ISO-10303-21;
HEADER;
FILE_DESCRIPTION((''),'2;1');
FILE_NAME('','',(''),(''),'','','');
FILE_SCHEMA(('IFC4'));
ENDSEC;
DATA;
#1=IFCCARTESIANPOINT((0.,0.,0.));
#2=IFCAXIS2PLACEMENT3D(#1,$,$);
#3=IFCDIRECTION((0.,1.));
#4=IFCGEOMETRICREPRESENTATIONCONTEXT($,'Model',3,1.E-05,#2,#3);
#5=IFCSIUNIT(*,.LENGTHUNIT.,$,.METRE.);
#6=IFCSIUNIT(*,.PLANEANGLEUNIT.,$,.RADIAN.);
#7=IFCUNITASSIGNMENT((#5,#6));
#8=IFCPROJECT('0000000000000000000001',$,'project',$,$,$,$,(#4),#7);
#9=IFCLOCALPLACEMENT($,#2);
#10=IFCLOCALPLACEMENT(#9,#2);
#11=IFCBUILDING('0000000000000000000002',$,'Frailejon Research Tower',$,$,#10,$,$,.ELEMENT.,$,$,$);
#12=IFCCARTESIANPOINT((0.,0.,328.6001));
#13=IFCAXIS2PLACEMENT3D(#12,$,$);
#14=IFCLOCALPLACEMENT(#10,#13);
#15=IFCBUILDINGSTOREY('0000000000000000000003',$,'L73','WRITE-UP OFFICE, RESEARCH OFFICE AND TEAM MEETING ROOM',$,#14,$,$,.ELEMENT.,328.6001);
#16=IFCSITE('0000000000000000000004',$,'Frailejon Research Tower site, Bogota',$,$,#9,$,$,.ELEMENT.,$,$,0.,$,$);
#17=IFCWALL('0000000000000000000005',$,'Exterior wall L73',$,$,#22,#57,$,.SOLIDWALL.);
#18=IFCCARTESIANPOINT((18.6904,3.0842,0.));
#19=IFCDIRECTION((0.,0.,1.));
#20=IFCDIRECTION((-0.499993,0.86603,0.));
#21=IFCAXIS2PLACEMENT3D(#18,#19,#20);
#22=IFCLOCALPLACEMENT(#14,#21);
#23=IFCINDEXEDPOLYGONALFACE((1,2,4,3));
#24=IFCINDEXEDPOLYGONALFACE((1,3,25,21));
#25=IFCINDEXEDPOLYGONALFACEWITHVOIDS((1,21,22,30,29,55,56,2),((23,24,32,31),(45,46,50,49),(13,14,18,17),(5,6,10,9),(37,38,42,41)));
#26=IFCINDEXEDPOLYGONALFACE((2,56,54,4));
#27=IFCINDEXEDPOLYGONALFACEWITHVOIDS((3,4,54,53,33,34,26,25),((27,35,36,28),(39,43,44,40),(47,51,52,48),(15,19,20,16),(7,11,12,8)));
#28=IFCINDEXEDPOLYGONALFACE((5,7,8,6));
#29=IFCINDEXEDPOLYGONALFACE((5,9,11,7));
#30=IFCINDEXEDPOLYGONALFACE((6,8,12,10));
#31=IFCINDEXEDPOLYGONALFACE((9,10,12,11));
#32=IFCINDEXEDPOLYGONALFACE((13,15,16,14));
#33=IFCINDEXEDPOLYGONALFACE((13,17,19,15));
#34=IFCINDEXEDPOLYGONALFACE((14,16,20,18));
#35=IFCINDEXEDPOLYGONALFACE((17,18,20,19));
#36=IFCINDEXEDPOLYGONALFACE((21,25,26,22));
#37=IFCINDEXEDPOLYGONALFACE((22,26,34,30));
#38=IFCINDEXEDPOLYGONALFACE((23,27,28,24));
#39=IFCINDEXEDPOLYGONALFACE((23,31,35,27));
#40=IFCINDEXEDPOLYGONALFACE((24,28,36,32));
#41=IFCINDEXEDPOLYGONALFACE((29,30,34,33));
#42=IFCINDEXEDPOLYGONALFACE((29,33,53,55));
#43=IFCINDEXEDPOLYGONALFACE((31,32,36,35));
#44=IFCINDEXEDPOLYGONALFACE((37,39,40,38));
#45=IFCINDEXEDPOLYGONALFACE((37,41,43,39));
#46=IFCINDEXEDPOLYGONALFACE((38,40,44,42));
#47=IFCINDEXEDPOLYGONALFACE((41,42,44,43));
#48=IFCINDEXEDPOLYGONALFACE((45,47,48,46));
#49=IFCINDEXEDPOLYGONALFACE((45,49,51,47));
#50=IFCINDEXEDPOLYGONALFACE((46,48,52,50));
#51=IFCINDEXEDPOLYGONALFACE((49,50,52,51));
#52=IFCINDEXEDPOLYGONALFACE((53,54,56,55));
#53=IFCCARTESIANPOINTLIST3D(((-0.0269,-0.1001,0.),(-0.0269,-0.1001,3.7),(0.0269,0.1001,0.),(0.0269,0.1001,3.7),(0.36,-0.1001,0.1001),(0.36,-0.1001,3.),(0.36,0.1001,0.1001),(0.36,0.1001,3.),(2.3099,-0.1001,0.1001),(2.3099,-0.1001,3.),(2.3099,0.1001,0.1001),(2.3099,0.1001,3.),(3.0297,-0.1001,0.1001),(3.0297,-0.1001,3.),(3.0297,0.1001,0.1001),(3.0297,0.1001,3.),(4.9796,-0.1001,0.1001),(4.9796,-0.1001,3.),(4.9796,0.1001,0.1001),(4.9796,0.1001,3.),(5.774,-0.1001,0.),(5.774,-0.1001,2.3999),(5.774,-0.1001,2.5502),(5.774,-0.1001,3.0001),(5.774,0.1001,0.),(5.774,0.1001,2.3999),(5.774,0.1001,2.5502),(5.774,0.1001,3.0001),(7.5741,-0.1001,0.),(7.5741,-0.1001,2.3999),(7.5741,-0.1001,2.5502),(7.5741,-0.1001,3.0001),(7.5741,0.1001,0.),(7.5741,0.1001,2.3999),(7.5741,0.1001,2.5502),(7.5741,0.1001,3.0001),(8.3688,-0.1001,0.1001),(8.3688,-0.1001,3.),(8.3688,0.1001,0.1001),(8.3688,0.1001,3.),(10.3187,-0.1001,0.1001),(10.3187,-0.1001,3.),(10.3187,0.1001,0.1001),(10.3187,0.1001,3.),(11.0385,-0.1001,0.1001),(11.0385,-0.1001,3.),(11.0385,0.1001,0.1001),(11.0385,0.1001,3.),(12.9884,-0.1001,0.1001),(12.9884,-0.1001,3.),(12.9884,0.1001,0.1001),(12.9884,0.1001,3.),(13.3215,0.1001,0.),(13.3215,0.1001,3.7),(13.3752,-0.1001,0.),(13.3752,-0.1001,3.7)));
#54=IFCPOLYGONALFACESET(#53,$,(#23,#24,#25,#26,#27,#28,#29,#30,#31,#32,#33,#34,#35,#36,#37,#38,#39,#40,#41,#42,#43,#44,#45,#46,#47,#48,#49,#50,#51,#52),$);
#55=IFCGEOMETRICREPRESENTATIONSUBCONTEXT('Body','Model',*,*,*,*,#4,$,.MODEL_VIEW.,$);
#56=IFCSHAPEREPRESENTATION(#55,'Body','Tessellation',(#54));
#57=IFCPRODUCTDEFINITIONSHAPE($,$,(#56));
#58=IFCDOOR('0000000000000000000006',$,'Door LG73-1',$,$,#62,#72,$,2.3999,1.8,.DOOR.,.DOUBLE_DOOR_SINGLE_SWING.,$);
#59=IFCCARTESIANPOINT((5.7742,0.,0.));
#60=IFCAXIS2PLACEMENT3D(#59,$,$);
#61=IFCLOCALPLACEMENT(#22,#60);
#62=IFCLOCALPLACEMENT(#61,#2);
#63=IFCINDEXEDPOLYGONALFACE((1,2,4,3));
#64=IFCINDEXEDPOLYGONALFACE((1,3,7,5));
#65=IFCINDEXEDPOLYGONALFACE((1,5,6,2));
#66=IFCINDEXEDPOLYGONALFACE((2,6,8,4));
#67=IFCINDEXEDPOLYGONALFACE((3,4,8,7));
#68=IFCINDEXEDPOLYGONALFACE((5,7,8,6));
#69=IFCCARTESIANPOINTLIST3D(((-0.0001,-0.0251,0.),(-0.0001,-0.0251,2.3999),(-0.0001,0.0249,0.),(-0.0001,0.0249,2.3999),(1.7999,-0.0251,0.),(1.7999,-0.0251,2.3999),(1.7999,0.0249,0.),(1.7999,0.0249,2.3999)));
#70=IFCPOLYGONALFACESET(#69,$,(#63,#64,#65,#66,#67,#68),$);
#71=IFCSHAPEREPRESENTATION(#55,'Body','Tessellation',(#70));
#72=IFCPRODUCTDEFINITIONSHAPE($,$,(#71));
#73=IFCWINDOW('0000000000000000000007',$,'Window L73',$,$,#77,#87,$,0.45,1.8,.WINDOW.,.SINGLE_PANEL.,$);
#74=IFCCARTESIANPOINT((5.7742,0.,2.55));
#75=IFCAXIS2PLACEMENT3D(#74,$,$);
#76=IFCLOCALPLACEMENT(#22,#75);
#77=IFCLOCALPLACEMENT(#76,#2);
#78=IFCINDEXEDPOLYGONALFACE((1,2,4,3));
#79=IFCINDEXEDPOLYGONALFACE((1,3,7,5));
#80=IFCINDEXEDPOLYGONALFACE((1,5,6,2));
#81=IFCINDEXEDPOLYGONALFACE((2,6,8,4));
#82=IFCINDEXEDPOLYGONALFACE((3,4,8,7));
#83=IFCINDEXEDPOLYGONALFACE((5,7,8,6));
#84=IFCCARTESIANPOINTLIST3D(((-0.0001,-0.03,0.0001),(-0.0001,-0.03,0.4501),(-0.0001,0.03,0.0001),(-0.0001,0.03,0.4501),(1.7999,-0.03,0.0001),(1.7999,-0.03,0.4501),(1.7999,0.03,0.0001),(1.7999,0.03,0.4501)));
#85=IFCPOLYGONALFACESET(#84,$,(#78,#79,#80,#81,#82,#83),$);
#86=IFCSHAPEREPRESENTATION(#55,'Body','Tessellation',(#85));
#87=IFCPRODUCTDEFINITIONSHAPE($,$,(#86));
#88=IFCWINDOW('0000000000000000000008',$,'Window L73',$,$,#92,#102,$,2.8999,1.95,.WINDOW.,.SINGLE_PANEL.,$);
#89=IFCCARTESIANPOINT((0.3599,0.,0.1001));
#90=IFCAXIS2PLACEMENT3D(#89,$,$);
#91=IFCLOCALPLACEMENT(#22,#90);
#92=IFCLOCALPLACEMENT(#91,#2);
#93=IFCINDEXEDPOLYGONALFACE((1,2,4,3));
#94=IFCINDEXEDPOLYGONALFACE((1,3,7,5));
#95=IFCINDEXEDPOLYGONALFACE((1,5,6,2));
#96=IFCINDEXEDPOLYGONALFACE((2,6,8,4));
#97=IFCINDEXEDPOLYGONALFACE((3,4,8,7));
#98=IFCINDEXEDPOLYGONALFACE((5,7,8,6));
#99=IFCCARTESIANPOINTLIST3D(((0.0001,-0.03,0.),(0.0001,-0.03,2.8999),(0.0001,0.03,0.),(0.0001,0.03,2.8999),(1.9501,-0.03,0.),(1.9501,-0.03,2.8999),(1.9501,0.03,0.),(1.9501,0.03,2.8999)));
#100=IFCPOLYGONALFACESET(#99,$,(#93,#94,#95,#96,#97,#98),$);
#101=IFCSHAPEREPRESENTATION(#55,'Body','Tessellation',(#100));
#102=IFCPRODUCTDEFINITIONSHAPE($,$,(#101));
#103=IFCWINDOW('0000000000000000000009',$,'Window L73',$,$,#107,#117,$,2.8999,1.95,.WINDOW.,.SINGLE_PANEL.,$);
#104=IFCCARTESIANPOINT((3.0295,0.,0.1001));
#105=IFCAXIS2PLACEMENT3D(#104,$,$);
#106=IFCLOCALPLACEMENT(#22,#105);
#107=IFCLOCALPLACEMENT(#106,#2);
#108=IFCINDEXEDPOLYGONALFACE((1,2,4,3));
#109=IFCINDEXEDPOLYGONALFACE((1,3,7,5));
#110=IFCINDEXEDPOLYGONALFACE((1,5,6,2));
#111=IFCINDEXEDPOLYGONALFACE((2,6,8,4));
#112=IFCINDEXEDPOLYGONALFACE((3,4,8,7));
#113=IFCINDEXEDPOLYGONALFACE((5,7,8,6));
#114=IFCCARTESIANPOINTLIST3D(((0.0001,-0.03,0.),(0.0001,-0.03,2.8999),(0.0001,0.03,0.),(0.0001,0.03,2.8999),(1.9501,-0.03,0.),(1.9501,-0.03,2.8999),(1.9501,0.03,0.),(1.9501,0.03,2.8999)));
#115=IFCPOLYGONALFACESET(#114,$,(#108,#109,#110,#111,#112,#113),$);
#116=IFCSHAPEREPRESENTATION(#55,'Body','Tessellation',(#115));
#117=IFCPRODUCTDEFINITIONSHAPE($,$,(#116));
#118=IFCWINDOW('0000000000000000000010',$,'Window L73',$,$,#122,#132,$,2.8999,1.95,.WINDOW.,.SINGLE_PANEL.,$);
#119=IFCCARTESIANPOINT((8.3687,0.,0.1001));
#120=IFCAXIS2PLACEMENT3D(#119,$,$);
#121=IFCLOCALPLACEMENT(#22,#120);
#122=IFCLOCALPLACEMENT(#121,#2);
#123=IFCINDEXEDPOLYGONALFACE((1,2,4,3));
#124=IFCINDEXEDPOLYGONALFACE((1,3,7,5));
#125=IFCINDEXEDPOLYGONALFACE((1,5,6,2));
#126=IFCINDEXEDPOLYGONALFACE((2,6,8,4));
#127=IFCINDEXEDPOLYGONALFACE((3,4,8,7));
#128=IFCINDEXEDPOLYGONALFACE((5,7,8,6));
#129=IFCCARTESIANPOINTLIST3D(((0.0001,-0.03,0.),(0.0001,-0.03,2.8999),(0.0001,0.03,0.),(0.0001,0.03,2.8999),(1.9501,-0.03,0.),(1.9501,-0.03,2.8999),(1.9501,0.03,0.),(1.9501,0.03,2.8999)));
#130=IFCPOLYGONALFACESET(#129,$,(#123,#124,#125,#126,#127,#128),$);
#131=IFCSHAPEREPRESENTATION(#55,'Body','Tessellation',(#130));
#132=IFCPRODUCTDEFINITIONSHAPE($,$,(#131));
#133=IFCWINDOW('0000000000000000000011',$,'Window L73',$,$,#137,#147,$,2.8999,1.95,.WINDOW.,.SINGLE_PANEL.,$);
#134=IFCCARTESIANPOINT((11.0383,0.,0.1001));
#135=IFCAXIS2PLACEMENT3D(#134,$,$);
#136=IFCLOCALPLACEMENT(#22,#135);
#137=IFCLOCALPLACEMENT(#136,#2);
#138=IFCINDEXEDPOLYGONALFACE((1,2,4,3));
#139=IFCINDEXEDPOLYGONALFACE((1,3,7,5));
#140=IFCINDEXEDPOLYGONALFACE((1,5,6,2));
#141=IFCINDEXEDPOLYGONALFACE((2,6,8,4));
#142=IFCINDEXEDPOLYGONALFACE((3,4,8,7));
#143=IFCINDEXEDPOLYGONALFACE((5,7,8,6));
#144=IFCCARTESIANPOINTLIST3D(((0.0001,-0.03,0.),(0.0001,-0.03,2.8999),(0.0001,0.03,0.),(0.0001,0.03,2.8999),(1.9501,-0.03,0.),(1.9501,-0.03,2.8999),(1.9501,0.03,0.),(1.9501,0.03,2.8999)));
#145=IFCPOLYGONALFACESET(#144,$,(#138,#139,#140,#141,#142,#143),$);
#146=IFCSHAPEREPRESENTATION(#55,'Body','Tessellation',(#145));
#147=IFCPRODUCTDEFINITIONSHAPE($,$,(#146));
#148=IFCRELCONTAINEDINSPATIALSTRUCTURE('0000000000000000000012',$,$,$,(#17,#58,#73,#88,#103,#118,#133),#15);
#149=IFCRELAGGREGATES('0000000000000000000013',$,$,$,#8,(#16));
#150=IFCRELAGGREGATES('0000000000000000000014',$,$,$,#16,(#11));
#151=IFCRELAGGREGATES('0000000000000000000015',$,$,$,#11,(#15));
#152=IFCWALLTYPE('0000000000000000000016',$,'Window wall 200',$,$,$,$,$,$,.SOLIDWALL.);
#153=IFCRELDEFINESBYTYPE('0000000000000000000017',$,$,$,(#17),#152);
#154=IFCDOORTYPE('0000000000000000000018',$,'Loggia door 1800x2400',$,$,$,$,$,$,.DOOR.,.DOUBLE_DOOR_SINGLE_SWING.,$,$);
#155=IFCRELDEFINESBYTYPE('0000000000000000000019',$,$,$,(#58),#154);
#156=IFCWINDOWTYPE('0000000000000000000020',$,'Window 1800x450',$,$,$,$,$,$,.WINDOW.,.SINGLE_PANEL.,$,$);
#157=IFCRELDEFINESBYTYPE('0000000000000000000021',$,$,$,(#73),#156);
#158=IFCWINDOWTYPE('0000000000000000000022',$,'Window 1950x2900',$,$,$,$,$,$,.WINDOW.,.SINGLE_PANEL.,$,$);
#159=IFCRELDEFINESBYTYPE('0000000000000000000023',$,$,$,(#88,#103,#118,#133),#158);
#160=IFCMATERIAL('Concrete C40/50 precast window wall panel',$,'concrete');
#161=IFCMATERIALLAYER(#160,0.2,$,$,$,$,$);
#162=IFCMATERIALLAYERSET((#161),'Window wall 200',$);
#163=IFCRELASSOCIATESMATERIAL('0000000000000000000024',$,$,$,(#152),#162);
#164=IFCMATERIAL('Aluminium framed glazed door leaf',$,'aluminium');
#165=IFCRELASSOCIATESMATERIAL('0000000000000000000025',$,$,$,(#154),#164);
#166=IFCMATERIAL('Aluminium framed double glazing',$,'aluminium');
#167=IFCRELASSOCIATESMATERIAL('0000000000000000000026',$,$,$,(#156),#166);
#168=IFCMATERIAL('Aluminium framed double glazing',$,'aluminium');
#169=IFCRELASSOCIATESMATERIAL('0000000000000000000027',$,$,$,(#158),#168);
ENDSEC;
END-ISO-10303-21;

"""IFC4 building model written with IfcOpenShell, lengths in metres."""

from ifc_helpers import new_model, si_unit, direction, frame, frame_2d, origin, place, context, subcontext, project, spatial, polyline, rectangle, outline, extrude, material, layer, layer_set, type_object, element, fill, save


model = new_model("IFC4")

# Units and contexts
model_context = context("Model", 3, precision=1e-05, world=origin(), true_north=direction((0.0, 1.0)))
body_context = subcontext(model_context, "Body", "Model", "MODEL_VIEW")
ifc_project = project(units=[si_unit("LENGTHUNIT", "METRE"), si_unit("PLANEANGLEUNIT", "RADIAN")], contexts=[model_context])

# Site, building, storey
site_placement = place(None, origin())
site = spatial("IfcSite", under=ifc_project, at=site_placement, Name="Frailejon Research Tower site, Bogota", CompositionType="ELEMENT", RefElevation=0.0)
building_placement = place(site_placement, origin())
building = spatial("IfcBuilding", under=site, at=building_placement, Name="Frailejon Research Tower", CompositionType="ELEMENT")
storey_placement = place(building_placement, frame((0.0, 0.0, 328.6001)))
storey = spatial("IfcBuildingStorey", under=building, at=storey_placement, Name="L73", Description="WRITE-UP OFFICE, RESEARCH OFFICE AND TEAM MEETING ROOM", CompositionType="ELEMENT", Elevation=328.6001)

# Wall, openings, door, windows
ifc_material_1 = material(Name="Concrete C40/50 precast window wall panel", Category="concrete")
ifc_layer_1 = layer(ifc_material_1, 0.2)
ifc_layer_set_1 = layer_set([ifc_layer_1], Name="Window wall 200")
wall_type = type_object("IfcWallType", Name="Window wall 200", PredefinedType="SOLIDWALL", material=ifc_layer_set_1)
wall_placement = place(storey_placement, frame((18.6904, 3.0842, 0.0), z_axis=(0.0, 0.0, 1.0), x_axis=(-0.499993, 0.86603, 0.0)))
wall = element("IfcWall", 1, at=wall_placement, inside=storey, type_object=wall_type, Name="Exterior wall L73", PredefinedType="SOLIDWALL", context=body_context, shape_type="SweptSolid", body=[
    extrude(outline(polyline([(-0.0269, -0.1001), (1.0042, -0.1001), (2.0349, -0.1001), (3.0659, -0.1001), (4.0969, -0.1001), (5.1277, -0.1001), (6.1587, -0.1001), (7.1897, -0.1001), (8.2207, -0.1001), (9.2515, -0.1001), (10.2825, -0.1001), (11.3135, -0.1001), (12.3442, -0.1001), (13.3752, -0.1001), (13.3215, 0.1001), (12.2988, 0.1001), (11.2761, 0.1001), (10.2534, 0.1001), (9.231, 0.1001), (8.2083, 0.1001), (7.1855, 0.1001), (6.1628, 0.1001), (5.1401, 0.1001), (4.1174, 0.1001), (3.095, 0.1001), (2.0723, 0.1001), (1.0496, 0.1001), (0.0269, 0.1001), (-0.0269, -0.1001)])), origin(), (0.0, 0.0, 1.0), 3.7),
])
opening_1_placement = place(wall_placement, frame((0.3599, 0.0, 0.1001)))
opening_1 = element("IfcOpeningElement", 2, at=opening_1_placement, cuts=wall, PredefinedType="OPENING", context=body_context, shape_type="SweptSolid", body=[
    extrude(rectangle(XDim=1.95, YDim=2.8999, at=frame_2d((0.9751, 1.45))), frame((0.0, 0.1099, 0.0), z_axis=(0.0, -1.0, 0.0), x_axis=(1.0, 0.0, 0.0)), (0.0, 0.0, 1.0), 0.22),
])
opening_2_placement = place(wall_placement, frame((3.0295, 0.0, 0.1001)))
opening_2 = element("IfcOpeningElement", 3, at=opening_2_placement, cuts=wall, PredefinedType="OPENING", context=body_context, shape_type="SweptSolid", body=[
    extrude(rectangle(XDim=1.95, YDim=2.8999, at=frame_2d((0.9751, 1.45))), frame((0.0, 0.1099, 0.0), z_axis=(0.0, -1.0, 0.0), x_axis=(1.0, 0.0, 0.0)), (0.0, 0.0, 1.0), 0.22),
])
opening_3_placement = place(wall_placement, frame((5.7742, 0.0, 0.0)))
opening_3 = element("IfcOpeningElement", 4, at=opening_3_placement, cuts=wall, PredefinedType="OPENING", context=body_context, shape_type="SweptSolid", body=[
    extrude(rectangle(XDim=1.8, YDim=2.3999, at=frame_2d((0.8999, 1.2))), frame((0.0, 0.1099, 0.0), z_axis=(0.0, -1.0, 0.0), x_axis=(1.0, 0.0, 0.0)), (0.0, 0.0, 1.0), 0.22),
])
opening_4_placement = place(wall_placement, frame((5.7742, 0.0, 2.55)))
opening_4 = element("IfcOpeningElement", 5, at=opening_4_placement, cuts=wall, PredefinedType="OPENING", context=body_context, shape_type="SweptSolid", body=[
    extrude(rectangle(XDim=1.8, YDim=0.45, at=frame_2d((0.8999, 0.2251))), frame((0.0, 0.1099, 0.0), z_axis=(0.0, -1.0, 0.0), x_axis=(1.0, 0.0, 0.0)), (0.0, 0.0, 1.0), 0.22),
])
opening_5_placement = place(wall_placement, frame((8.3687, 0.0, 0.1001)))
opening_5 = element("IfcOpeningElement", 6, at=opening_5_placement, cuts=wall, PredefinedType="OPENING", context=body_context, shape_type="SweptSolid", body=[
    extrude(rectangle(XDim=1.95, YDim=2.8999, at=frame_2d((0.9751, 1.45))), frame((0.0, 0.1099, 0.0), z_axis=(0.0, -1.0, 0.0), x_axis=(1.0, 0.0, 0.0)), (0.0, 0.0, 1.0), 0.22),
])
opening_6_placement = place(wall_placement, frame((11.0383, 0.0, 0.1001)))
opening_6 = element("IfcOpeningElement", 7, at=opening_6_placement, cuts=wall, PredefinedType="OPENING", context=body_context, shape_type="SweptSolid", body=[
    extrude(rectangle(XDim=1.95, YDim=2.8999, at=frame_2d((0.9751, 1.45))), frame((0.0, 0.1099, 0.0), z_axis=(0.0, -1.0, 0.0), x_axis=(1.0, 0.0, 0.0)), (0.0, 0.0, 1.0), 0.22),
])
ifc_material_2 = material(Name="Aluminium framed glazed door leaf", Category="aluminium")
door_type = type_object("IfcDoorType", Name="Loggia door 1800x2400", OperationType="DOUBLE_DOOR_SINGLE_SWING", PredefinedType="DOOR", material=ifc_material_2)
door_placement = place(opening_3_placement, origin())
door = element("IfcDoor", 8, at=door_placement, inside=storey, type_object=door_type, Name="Door LG73-1", OperationType="DOUBLE_DOOR_SINGLE_SWING", OverallHeight=2.3999, OverallWidth=1.8, PredefinedType="DOOR", context=body_context, shape_type="SweptSolid", body=[
    extrude(rectangle(XDim=1.8, YDim=2.3999, at=frame_2d((0.8999, 1.2))), frame((0.0, 0.0249, 0.0), z_axis=(0.0, -1.0, 0.0), x_axis=(1.0, 0.0, 0.0)), (0.0, 0.0, 1.0), 0.05),
])
fill(opening_3, door)
ifc_material_3 = material(Name="Aluminium framed double glazing", Category="aluminium")
window_type_1 = type_object("IfcWindowType", Name="Window 1800x450", PartitioningType="SINGLE_PANEL", PredefinedType="WINDOW", material=ifc_material_3)
window_1_placement = place(opening_4_placement, origin())
window_1 = element("IfcWindow", 9, at=window_1_placement, inside=storey, type_object=window_type_1, Name="Window L73", OverallHeight=0.45, OverallWidth=1.8, PartitioningType="SINGLE_PANEL", PredefinedType="WINDOW", context=body_context, shape_type="SweptSolid", body=[
    extrude(rectangle(XDim=1.8, YDim=0.45, at=frame_2d((0.8999, 0.2251))), frame((0.0, 0.03, 0.0), z_axis=(0.0, -1.0, 0.0), x_axis=(1.0, 0.0, 0.0)), (0.0, 0.0, 1.0), 0.0601),
])
fill(opening_4, window_1)
ifc_material_4 = material(Name="Aluminium framed double glazing", Category="aluminium")
window_type_2 = type_object("IfcWindowType", Name="Window 1950x2900", PartitioningType="SINGLE_PANEL", PredefinedType="WINDOW", material=ifc_material_4)
window_2_placement = place(opening_1_placement, origin())
window_2 = element("IfcWindow", 10, at=window_2_placement, inside=storey, type_object=window_type_2, Name="Window L73", OverallHeight=2.8999, OverallWidth=1.95, PartitioningType="SINGLE_PANEL", PredefinedType="WINDOW", context=body_context, shape_type="SweptSolid", body=[
    extrude(rectangle(XDim=1.95, YDim=2.8999, at=frame_2d((0.9751, 1.45))), frame((0.0, 0.03, 0.0), z_axis=(0.0, -1.0, 0.0), x_axis=(1.0, 0.0, 0.0)), (0.0, 0.0, 1.0), 0.0601),
])
fill(opening_1, window_2)
window_3_placement = place(opening_2_placement, origin())
window_3 = element("IfcWindow", 11, at=window_3_placement, inside=storey, type_object=window_type_2, Name="Window L73", OverallHeight=2.8999, OverallWidth=1.95, PartitioningType="SINGLE_PANEL", PredefinedType="WINDOW", context=body_context, shape_type="SweptSolid", body=[
    extrude(rectangle(XDim=1.95, YDim=2.8999, at=frame_2d((0.9751, 1.45))), frame((0.0, 0.03, 0.0), z_axis=(0.0, -1.0, 0.0), x_axis=(1.0, 0.0, 0.0)), (0.0, 0.0, 1.0), 0.0601),
])
fill(opening_2, window_3)
window_4_placement = place(opening_5_placement, origin())
window_4 = element("IfcWindow", 12, at=window_4_placement, inside=storey, type_object=window_type_2, Name="Window L73", OverallHeight=2.8999, OverallWidth=1.95, PartitioningType="SINGLE_PANEL", PredefinedType="WINDOW", context=body_context, shape_type="SweptSolid", body=[
    extrude(rectangle(XDim=1.95, YDim=2.8999, at=frame_2d((0.9751, 1.45))), frame((0.0, 0.03, 0.0), z_axis=(0.0, -1.0, 0.0), x_axis=(1.0, 0.0, 0.0)), (0.0, 0.0, 1.0), 0.0601),
])
fill(opening_5, window_4)
window_5_placement = place(opening_6_placement, origin())
window_5 = element("IfcWindow", 13, at=window_5_placement, inside=storey, type_object=window_type_2, Name="Window L73", OverallHeight=2.8999, OverallWidth=1.95, PartitioningType="SINGLE_PANEL", PredefinedType="WINDOW", context=body_context, shape_type="SweptSolid", body=[
    extrude(rectangle(XDim=1.95, YDim=2.8999, at=frame_2d((0.9751, 1.45))), frame((0.0, 0.03, 0.0), z_axis=(0.0, -1.0, 0.0), x_axis=(1.0, 0.0, 0.0)), (0.0, 0.0, 1.0), 0.0601),
])
fill(opening_6, window_5)

save(model, "model.ifc")
